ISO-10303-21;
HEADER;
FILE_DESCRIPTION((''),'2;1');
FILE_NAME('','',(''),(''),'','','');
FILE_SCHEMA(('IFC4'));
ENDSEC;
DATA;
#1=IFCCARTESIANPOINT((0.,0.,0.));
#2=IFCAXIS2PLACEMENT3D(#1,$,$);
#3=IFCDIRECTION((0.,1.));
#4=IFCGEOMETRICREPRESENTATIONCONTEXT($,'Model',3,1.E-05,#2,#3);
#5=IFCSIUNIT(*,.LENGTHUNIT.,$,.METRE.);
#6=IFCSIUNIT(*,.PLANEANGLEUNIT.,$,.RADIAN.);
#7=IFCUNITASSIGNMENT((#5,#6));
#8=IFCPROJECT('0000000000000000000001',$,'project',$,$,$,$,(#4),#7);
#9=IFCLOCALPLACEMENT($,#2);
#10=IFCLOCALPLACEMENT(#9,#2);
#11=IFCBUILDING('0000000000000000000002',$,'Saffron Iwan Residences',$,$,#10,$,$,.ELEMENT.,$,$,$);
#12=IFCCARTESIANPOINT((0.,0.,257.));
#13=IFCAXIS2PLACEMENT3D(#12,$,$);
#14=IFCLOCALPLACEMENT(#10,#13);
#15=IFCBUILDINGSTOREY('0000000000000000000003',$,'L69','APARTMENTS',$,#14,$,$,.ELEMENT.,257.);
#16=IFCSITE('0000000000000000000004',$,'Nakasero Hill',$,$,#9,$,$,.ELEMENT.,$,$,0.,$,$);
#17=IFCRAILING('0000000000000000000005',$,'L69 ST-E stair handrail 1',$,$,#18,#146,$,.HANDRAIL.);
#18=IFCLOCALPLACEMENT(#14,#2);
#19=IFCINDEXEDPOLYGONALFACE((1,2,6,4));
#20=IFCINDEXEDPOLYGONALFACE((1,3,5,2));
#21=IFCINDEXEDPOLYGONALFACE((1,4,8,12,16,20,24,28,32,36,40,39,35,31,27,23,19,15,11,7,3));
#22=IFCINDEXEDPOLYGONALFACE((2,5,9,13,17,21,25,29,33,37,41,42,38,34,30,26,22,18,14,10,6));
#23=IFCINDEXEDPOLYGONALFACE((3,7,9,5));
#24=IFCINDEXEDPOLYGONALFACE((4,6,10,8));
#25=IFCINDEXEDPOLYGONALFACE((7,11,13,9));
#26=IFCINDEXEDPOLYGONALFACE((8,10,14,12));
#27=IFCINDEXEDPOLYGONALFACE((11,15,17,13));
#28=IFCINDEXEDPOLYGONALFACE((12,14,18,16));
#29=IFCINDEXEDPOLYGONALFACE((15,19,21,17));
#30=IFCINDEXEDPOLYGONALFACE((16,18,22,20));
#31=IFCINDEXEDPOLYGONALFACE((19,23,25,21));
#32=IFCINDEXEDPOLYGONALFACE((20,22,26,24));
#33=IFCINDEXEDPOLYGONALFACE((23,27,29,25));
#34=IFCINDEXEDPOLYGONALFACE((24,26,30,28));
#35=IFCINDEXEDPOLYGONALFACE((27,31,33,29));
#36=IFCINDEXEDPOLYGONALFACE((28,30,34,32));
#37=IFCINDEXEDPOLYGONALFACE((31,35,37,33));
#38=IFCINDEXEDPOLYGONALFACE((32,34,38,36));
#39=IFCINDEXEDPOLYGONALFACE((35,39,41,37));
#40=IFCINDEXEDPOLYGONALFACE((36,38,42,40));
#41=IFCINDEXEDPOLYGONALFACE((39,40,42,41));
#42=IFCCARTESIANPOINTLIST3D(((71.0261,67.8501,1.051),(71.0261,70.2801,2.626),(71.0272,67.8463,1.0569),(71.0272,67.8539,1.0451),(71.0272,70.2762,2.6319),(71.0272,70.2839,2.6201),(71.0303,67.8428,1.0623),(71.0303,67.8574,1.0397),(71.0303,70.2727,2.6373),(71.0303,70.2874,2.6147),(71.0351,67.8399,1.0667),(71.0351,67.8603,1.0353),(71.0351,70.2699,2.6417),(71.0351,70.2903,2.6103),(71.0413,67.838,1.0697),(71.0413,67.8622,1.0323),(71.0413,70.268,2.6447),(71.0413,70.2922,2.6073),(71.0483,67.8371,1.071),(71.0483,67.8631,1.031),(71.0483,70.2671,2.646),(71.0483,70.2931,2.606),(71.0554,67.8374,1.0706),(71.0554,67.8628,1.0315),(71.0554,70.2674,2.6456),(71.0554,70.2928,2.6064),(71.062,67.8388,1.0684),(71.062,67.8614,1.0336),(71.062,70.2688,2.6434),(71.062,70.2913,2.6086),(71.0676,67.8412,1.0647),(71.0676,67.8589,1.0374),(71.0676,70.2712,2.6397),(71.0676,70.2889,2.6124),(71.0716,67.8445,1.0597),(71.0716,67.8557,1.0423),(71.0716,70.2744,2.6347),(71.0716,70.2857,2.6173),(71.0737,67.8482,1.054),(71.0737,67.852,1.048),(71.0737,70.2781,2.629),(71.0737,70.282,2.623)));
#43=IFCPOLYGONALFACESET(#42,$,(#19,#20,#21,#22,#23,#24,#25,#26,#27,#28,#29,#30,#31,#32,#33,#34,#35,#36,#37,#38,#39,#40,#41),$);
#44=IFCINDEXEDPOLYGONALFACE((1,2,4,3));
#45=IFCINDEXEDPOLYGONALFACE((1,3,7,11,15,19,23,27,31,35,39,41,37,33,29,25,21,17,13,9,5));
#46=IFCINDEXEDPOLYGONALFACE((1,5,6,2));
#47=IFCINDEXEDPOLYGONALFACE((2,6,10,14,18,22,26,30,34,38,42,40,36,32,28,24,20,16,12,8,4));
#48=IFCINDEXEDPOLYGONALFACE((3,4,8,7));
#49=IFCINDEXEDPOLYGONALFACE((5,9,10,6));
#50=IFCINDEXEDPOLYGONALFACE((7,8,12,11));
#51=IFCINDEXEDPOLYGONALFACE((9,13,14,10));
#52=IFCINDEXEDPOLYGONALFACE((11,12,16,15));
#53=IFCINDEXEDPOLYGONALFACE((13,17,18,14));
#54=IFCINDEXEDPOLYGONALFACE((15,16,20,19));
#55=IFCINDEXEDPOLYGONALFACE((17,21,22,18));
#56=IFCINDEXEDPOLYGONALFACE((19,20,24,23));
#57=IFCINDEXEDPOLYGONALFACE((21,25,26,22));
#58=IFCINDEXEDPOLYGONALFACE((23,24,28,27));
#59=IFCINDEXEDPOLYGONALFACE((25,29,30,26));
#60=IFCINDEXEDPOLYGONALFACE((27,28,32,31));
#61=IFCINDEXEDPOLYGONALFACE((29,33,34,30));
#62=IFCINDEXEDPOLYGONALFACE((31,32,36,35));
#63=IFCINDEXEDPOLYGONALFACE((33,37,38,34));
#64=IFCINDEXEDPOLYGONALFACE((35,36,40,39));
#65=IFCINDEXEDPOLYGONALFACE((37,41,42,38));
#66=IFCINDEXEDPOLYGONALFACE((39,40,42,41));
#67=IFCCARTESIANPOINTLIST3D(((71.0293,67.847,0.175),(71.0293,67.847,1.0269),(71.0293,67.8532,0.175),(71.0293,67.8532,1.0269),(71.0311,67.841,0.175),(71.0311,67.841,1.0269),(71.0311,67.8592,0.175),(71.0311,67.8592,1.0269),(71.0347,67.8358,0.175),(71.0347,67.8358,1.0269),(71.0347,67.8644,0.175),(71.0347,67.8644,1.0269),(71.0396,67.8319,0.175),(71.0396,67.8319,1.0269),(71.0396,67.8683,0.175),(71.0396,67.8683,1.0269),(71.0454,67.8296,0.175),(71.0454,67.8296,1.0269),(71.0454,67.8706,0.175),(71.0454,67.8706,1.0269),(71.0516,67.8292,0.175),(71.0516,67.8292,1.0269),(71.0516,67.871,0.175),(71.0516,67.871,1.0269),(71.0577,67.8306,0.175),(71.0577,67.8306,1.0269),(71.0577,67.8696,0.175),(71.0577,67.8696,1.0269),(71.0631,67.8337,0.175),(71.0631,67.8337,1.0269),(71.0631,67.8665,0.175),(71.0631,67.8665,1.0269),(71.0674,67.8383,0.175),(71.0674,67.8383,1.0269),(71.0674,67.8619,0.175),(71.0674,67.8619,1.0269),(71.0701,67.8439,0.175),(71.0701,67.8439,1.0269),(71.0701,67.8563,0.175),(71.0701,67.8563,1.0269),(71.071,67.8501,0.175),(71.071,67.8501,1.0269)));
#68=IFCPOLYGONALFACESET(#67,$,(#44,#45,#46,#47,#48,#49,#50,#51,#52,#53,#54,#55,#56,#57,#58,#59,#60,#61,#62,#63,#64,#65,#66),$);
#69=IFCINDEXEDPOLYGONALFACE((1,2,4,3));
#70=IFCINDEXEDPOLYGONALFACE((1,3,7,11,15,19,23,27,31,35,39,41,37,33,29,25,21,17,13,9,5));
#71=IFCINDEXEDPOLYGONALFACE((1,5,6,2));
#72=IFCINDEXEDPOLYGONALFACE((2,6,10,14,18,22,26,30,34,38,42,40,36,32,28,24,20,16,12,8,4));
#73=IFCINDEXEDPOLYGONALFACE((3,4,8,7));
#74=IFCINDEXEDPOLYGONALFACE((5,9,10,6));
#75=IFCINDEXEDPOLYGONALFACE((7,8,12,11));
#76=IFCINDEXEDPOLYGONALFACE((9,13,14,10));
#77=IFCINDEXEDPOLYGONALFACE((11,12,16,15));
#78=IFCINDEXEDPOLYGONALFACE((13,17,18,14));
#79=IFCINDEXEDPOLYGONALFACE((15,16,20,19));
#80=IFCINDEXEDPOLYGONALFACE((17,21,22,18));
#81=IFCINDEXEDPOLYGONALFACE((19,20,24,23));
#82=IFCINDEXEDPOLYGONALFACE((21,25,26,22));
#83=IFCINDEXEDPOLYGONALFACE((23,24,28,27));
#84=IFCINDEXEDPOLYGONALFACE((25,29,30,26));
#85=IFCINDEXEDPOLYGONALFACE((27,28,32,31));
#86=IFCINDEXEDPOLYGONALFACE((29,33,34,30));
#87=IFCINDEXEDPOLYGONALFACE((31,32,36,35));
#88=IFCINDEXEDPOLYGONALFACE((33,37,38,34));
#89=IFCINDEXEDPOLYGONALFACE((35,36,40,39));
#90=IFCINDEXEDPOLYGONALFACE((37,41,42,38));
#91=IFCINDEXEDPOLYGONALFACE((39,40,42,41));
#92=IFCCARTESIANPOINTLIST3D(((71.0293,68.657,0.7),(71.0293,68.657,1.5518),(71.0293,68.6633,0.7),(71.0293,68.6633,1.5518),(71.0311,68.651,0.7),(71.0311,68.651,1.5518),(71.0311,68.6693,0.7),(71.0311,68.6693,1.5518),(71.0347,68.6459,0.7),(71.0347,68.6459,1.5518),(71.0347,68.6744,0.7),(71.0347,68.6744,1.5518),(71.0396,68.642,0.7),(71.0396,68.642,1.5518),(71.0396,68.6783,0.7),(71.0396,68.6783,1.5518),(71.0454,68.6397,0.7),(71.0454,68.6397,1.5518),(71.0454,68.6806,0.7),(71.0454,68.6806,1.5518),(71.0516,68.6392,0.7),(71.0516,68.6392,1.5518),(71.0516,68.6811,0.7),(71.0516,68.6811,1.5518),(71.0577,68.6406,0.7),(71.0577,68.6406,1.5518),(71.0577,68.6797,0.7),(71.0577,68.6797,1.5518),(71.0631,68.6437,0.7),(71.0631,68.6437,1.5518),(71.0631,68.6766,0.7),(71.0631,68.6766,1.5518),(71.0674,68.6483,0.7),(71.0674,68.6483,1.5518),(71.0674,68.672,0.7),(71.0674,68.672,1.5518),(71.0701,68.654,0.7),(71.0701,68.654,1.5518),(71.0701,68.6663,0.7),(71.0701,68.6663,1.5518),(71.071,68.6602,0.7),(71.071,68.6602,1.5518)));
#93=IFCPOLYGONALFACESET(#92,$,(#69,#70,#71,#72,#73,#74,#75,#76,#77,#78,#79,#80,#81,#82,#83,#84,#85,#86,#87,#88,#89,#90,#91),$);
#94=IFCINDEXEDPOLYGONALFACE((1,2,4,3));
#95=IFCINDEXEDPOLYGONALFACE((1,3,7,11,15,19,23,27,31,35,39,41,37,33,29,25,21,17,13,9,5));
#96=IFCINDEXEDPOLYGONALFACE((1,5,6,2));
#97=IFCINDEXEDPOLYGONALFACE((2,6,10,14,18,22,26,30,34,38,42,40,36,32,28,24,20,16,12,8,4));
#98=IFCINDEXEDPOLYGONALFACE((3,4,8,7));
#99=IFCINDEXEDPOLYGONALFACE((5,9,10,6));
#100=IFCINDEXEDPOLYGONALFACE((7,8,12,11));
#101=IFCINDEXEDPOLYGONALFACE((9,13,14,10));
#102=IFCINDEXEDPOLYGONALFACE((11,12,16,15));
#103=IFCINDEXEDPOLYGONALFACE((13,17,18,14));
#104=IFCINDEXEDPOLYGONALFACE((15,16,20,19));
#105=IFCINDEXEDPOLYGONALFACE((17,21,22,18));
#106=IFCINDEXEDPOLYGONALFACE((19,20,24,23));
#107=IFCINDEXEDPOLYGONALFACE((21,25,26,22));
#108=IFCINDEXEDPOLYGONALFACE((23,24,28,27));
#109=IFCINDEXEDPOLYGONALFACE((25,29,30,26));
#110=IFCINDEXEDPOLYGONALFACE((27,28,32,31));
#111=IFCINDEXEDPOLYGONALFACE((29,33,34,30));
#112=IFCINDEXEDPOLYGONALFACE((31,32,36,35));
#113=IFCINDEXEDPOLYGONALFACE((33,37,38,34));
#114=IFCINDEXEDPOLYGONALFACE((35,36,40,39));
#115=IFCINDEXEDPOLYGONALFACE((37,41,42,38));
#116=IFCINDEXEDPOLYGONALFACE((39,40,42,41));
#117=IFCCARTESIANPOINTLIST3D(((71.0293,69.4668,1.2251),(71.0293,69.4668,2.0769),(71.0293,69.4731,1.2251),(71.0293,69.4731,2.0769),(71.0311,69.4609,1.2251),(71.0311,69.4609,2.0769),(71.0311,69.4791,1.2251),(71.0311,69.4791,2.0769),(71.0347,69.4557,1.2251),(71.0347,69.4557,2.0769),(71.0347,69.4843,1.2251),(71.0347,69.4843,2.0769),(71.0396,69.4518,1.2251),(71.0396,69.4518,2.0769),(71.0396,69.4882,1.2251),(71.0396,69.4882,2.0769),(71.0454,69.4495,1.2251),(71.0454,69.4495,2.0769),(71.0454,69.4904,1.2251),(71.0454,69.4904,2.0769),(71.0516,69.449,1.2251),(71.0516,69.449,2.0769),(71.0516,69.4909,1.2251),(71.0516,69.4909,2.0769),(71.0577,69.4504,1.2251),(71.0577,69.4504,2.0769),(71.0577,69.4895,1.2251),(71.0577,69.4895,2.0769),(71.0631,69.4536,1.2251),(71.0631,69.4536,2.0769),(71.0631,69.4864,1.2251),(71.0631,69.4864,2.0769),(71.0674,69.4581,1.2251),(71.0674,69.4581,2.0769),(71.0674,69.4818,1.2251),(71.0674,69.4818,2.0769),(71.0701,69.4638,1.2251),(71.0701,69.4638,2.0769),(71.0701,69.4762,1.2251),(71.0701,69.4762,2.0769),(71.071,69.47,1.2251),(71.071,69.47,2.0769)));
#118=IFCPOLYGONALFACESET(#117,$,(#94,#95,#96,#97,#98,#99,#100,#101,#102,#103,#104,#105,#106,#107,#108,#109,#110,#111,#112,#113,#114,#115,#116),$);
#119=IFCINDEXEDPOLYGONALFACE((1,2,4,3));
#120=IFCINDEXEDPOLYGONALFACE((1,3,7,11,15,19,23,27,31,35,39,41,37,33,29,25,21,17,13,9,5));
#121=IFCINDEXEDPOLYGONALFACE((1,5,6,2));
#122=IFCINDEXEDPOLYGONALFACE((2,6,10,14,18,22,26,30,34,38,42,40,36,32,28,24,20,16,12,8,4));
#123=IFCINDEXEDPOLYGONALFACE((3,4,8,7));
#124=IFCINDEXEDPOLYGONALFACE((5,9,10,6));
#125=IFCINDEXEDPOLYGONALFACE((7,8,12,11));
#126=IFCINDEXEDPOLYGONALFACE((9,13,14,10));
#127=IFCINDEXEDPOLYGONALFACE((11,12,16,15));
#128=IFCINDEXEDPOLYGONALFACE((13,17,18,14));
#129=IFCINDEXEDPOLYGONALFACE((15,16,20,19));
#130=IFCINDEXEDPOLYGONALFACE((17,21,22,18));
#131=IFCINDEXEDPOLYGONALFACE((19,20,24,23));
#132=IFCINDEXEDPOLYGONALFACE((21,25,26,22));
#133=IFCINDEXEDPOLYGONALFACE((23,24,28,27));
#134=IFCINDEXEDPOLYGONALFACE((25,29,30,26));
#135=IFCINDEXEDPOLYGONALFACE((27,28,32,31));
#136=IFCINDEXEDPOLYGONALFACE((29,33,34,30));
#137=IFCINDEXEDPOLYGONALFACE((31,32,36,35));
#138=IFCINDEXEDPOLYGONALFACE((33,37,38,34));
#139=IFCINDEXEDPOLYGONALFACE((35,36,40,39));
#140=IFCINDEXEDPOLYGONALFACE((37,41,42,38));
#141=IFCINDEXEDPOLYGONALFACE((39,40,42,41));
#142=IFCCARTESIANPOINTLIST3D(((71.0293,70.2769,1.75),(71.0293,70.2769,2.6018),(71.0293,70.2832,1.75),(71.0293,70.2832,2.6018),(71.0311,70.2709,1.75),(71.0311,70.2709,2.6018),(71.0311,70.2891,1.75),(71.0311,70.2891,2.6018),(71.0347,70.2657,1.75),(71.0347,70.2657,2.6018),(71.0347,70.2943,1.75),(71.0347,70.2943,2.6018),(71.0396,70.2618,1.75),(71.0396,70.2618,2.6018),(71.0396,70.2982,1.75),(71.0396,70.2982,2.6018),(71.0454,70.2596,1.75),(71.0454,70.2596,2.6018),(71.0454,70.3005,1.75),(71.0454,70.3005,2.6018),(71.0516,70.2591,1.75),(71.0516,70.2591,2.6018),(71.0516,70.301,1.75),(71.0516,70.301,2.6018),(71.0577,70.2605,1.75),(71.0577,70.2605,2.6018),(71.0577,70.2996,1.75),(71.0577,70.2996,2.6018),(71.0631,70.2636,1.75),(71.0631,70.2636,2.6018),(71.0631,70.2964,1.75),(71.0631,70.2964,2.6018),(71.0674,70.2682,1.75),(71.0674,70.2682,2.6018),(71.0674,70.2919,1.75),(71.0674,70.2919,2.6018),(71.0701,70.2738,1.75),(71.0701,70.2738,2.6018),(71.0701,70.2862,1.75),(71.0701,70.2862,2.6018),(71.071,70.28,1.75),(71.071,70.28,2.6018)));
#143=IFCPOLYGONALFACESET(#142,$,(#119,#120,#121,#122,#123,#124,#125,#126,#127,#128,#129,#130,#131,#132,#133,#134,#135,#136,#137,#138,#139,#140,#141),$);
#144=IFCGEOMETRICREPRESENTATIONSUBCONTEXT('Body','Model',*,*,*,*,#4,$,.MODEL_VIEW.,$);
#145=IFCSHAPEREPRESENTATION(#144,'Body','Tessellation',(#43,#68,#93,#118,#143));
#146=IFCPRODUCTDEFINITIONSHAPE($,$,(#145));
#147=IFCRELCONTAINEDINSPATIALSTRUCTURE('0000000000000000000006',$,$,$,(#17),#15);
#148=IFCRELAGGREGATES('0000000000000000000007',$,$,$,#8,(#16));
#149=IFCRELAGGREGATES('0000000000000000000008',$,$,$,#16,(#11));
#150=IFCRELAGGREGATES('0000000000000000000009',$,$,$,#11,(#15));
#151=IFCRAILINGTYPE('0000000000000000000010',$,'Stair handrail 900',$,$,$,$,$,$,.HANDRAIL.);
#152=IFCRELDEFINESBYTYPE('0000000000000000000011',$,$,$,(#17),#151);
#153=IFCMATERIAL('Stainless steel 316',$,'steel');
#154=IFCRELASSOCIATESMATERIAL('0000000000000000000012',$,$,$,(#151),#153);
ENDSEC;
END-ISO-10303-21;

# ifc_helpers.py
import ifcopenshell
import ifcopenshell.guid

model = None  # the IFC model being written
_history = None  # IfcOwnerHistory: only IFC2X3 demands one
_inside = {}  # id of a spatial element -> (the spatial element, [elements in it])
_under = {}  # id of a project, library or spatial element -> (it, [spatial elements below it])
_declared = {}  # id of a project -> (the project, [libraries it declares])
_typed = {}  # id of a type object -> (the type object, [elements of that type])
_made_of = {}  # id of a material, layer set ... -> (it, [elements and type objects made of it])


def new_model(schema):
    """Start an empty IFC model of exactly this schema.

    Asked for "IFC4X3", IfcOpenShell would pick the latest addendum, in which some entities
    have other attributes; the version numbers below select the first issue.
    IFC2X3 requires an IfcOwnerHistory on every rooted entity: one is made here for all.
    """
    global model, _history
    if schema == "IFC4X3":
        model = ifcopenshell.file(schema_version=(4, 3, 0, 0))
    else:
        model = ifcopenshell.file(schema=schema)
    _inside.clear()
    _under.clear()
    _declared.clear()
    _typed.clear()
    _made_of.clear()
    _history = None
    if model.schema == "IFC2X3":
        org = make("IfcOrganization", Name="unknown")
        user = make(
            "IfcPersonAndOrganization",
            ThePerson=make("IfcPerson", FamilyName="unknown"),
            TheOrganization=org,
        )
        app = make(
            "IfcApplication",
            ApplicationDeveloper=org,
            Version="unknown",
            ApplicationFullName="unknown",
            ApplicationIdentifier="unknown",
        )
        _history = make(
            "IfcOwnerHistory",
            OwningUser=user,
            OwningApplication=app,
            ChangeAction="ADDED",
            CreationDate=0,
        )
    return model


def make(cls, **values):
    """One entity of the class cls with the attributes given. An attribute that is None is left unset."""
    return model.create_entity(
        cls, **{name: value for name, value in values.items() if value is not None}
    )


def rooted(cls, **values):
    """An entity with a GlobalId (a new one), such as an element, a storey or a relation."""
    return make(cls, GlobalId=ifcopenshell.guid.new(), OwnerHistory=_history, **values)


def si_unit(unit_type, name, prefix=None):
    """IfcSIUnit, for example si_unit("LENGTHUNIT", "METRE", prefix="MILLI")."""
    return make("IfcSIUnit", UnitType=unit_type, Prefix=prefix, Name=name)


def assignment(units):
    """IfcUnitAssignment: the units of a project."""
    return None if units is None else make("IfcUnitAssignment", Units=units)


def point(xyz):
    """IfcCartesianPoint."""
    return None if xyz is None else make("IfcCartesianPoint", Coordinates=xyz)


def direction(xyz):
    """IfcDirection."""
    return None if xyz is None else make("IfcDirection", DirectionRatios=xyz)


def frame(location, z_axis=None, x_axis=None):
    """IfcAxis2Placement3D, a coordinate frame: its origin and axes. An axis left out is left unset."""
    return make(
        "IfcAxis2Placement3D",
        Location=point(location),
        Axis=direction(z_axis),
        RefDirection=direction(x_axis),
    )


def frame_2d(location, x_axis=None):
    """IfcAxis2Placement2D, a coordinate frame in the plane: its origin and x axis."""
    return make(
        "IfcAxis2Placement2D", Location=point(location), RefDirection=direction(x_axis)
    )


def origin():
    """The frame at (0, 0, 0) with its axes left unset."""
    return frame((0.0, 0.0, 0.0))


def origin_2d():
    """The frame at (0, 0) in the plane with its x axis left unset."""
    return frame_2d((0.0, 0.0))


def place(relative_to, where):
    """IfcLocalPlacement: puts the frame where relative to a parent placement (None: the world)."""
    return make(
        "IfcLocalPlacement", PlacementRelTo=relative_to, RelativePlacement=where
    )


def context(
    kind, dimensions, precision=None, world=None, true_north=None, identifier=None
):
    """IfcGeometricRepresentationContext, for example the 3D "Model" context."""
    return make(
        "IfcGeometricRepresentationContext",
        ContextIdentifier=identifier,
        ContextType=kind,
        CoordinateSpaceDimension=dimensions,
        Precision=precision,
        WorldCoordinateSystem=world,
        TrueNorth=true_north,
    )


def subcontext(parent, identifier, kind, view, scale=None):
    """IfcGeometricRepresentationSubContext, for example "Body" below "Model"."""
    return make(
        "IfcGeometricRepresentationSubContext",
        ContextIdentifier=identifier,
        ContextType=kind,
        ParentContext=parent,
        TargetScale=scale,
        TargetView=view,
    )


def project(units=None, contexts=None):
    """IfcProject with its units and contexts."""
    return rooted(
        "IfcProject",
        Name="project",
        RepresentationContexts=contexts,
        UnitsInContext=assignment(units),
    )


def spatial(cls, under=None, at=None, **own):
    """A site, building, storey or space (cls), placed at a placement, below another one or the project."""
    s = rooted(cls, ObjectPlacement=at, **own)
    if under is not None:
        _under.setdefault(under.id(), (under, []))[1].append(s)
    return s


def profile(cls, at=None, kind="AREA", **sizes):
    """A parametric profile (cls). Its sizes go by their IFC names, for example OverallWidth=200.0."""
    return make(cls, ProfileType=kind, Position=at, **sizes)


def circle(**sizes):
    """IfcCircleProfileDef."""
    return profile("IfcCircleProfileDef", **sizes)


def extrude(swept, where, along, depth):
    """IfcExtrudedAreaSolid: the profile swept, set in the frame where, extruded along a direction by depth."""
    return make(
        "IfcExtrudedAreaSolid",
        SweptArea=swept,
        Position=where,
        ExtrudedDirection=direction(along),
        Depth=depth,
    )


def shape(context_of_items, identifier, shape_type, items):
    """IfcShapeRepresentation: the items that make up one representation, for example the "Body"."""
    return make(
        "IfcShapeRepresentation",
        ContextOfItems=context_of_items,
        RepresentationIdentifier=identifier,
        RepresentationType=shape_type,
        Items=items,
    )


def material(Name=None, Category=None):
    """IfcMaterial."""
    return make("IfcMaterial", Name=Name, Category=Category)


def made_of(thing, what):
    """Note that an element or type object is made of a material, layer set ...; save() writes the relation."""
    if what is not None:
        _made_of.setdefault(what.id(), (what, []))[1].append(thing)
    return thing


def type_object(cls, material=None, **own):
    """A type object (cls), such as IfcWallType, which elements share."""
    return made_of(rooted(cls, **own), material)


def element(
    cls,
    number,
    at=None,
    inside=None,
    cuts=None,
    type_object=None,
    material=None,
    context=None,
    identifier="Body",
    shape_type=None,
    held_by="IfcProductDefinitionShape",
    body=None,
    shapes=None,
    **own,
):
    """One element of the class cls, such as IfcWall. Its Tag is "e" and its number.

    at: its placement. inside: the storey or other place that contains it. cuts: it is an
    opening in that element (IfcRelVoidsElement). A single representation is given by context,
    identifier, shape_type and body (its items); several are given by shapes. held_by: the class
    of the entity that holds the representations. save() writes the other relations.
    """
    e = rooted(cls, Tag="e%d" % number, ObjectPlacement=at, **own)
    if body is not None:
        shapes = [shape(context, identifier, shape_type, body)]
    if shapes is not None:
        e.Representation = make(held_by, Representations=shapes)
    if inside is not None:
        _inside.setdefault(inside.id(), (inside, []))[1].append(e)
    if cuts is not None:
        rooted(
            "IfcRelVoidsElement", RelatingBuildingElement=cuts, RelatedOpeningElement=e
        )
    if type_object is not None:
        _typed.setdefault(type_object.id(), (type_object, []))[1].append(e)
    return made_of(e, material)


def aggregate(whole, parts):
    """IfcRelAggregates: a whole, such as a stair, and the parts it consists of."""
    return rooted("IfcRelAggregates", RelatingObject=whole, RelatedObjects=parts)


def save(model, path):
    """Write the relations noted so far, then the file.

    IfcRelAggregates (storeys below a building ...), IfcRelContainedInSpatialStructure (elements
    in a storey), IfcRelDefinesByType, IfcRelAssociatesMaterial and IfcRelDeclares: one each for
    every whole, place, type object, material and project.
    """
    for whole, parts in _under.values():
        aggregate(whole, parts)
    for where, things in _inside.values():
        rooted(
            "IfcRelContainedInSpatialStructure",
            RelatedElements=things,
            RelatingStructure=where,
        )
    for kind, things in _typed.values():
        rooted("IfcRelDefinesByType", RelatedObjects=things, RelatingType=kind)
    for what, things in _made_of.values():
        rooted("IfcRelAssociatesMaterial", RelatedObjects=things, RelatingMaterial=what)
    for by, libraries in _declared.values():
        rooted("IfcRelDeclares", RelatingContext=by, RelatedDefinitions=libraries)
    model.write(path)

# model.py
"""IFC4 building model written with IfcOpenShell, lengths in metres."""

from ifc_helpers import new_model, si_unit, direction, frame, origin, origin_2d, place, context, subcontext, project, spatial, circle, extrude, material, type_object, element, save


model = new_model("IFC4")

# Units and contexts
model_context = context("Model", 3, precision=1e-05, world=origin(), true_north=direction((0.0, 1.0)))
body_context = subcontext(model_context, "Body", "Model", "MODEL_VIEW")
ifc_project = project(units=[si_unit("LENGTHUNIT", "METRE"), si_unit("PLANEANGLEUNIT", "RADIAN")], contexts=[model_context])

# Site, building, storey
site_placement = place(None, origin())
site = spatial("IfcSite", under=ifc_project, at=site_placement, Name="Nakasero Hill", CompositionType="ELEMENT", RefElevation=0.0)
building_placement = place(site_placement, origin())
building = spatial("IfcBuilding", under=site, at=building_placement, Name="Saffron Iwan Residences", CompositionType="ELEMENT")
storey_placement = place(building_placement, frame((0.0, 0.0, 257.0)))
storey = spatial("IfcBuildingStorey", under=building, at=storey_placement, Name="L69", Description="APARTMENTS", CompositionType="ELEMENT", Elevation=257.0)

# Railing
ifc_material_1 = material(Name="Stainless steel 316", Category="steel")
railing_type_1 = type_object("IfcRailingType", Name="Stair handrail 900", PredefinedType="HANDRAIL", material=ifc_material_1)
railing_1_placement = place(storey_placement, frame((71.05, 67.8501, 0.175)))
element("IfcRailing", 1, at=railing_1_placement, inside=storey, type_object=railing_type_1, Name="L69 ST-E stair handrail 1", PredefinedType="HANDRAIL", context=body_context, shape_type="SweptSolid", body=[
    extrude(circle(Radius=0.0239, at=origin_2d()), frame((0.0, 0.0, 0.876), z_axis=(0.0, 0.839154, 0.543894), x_axis=(-1.0, 0.0, 0.0)), (0.0, 0.0, 1.0), 2.8958),
    extrude(circle(Radius=0.021, at=origin_2d()), origin(), (0.0, 0.0, 1.0), 0.8518),
    extrude(circle(Radius=0.021, at=origin_2d()), frame((0.0, 0.8101, 0.5249)), (0.0, 0.0, 1.0), 0.8518),
    extrude(circle(Radius=0.021, at=origin_2d()), frame((0.0, 1.6199, 1.05)), (0.0, 0.0, 1.0), 0.8518),
    extrude(circle(Radius=0.021, at=origin_2d()), frame((0.0, 2.4299, 1.575)), (0.0, 0.0, 1.0), 0.8518),
])

save(model, "model.ifc")
